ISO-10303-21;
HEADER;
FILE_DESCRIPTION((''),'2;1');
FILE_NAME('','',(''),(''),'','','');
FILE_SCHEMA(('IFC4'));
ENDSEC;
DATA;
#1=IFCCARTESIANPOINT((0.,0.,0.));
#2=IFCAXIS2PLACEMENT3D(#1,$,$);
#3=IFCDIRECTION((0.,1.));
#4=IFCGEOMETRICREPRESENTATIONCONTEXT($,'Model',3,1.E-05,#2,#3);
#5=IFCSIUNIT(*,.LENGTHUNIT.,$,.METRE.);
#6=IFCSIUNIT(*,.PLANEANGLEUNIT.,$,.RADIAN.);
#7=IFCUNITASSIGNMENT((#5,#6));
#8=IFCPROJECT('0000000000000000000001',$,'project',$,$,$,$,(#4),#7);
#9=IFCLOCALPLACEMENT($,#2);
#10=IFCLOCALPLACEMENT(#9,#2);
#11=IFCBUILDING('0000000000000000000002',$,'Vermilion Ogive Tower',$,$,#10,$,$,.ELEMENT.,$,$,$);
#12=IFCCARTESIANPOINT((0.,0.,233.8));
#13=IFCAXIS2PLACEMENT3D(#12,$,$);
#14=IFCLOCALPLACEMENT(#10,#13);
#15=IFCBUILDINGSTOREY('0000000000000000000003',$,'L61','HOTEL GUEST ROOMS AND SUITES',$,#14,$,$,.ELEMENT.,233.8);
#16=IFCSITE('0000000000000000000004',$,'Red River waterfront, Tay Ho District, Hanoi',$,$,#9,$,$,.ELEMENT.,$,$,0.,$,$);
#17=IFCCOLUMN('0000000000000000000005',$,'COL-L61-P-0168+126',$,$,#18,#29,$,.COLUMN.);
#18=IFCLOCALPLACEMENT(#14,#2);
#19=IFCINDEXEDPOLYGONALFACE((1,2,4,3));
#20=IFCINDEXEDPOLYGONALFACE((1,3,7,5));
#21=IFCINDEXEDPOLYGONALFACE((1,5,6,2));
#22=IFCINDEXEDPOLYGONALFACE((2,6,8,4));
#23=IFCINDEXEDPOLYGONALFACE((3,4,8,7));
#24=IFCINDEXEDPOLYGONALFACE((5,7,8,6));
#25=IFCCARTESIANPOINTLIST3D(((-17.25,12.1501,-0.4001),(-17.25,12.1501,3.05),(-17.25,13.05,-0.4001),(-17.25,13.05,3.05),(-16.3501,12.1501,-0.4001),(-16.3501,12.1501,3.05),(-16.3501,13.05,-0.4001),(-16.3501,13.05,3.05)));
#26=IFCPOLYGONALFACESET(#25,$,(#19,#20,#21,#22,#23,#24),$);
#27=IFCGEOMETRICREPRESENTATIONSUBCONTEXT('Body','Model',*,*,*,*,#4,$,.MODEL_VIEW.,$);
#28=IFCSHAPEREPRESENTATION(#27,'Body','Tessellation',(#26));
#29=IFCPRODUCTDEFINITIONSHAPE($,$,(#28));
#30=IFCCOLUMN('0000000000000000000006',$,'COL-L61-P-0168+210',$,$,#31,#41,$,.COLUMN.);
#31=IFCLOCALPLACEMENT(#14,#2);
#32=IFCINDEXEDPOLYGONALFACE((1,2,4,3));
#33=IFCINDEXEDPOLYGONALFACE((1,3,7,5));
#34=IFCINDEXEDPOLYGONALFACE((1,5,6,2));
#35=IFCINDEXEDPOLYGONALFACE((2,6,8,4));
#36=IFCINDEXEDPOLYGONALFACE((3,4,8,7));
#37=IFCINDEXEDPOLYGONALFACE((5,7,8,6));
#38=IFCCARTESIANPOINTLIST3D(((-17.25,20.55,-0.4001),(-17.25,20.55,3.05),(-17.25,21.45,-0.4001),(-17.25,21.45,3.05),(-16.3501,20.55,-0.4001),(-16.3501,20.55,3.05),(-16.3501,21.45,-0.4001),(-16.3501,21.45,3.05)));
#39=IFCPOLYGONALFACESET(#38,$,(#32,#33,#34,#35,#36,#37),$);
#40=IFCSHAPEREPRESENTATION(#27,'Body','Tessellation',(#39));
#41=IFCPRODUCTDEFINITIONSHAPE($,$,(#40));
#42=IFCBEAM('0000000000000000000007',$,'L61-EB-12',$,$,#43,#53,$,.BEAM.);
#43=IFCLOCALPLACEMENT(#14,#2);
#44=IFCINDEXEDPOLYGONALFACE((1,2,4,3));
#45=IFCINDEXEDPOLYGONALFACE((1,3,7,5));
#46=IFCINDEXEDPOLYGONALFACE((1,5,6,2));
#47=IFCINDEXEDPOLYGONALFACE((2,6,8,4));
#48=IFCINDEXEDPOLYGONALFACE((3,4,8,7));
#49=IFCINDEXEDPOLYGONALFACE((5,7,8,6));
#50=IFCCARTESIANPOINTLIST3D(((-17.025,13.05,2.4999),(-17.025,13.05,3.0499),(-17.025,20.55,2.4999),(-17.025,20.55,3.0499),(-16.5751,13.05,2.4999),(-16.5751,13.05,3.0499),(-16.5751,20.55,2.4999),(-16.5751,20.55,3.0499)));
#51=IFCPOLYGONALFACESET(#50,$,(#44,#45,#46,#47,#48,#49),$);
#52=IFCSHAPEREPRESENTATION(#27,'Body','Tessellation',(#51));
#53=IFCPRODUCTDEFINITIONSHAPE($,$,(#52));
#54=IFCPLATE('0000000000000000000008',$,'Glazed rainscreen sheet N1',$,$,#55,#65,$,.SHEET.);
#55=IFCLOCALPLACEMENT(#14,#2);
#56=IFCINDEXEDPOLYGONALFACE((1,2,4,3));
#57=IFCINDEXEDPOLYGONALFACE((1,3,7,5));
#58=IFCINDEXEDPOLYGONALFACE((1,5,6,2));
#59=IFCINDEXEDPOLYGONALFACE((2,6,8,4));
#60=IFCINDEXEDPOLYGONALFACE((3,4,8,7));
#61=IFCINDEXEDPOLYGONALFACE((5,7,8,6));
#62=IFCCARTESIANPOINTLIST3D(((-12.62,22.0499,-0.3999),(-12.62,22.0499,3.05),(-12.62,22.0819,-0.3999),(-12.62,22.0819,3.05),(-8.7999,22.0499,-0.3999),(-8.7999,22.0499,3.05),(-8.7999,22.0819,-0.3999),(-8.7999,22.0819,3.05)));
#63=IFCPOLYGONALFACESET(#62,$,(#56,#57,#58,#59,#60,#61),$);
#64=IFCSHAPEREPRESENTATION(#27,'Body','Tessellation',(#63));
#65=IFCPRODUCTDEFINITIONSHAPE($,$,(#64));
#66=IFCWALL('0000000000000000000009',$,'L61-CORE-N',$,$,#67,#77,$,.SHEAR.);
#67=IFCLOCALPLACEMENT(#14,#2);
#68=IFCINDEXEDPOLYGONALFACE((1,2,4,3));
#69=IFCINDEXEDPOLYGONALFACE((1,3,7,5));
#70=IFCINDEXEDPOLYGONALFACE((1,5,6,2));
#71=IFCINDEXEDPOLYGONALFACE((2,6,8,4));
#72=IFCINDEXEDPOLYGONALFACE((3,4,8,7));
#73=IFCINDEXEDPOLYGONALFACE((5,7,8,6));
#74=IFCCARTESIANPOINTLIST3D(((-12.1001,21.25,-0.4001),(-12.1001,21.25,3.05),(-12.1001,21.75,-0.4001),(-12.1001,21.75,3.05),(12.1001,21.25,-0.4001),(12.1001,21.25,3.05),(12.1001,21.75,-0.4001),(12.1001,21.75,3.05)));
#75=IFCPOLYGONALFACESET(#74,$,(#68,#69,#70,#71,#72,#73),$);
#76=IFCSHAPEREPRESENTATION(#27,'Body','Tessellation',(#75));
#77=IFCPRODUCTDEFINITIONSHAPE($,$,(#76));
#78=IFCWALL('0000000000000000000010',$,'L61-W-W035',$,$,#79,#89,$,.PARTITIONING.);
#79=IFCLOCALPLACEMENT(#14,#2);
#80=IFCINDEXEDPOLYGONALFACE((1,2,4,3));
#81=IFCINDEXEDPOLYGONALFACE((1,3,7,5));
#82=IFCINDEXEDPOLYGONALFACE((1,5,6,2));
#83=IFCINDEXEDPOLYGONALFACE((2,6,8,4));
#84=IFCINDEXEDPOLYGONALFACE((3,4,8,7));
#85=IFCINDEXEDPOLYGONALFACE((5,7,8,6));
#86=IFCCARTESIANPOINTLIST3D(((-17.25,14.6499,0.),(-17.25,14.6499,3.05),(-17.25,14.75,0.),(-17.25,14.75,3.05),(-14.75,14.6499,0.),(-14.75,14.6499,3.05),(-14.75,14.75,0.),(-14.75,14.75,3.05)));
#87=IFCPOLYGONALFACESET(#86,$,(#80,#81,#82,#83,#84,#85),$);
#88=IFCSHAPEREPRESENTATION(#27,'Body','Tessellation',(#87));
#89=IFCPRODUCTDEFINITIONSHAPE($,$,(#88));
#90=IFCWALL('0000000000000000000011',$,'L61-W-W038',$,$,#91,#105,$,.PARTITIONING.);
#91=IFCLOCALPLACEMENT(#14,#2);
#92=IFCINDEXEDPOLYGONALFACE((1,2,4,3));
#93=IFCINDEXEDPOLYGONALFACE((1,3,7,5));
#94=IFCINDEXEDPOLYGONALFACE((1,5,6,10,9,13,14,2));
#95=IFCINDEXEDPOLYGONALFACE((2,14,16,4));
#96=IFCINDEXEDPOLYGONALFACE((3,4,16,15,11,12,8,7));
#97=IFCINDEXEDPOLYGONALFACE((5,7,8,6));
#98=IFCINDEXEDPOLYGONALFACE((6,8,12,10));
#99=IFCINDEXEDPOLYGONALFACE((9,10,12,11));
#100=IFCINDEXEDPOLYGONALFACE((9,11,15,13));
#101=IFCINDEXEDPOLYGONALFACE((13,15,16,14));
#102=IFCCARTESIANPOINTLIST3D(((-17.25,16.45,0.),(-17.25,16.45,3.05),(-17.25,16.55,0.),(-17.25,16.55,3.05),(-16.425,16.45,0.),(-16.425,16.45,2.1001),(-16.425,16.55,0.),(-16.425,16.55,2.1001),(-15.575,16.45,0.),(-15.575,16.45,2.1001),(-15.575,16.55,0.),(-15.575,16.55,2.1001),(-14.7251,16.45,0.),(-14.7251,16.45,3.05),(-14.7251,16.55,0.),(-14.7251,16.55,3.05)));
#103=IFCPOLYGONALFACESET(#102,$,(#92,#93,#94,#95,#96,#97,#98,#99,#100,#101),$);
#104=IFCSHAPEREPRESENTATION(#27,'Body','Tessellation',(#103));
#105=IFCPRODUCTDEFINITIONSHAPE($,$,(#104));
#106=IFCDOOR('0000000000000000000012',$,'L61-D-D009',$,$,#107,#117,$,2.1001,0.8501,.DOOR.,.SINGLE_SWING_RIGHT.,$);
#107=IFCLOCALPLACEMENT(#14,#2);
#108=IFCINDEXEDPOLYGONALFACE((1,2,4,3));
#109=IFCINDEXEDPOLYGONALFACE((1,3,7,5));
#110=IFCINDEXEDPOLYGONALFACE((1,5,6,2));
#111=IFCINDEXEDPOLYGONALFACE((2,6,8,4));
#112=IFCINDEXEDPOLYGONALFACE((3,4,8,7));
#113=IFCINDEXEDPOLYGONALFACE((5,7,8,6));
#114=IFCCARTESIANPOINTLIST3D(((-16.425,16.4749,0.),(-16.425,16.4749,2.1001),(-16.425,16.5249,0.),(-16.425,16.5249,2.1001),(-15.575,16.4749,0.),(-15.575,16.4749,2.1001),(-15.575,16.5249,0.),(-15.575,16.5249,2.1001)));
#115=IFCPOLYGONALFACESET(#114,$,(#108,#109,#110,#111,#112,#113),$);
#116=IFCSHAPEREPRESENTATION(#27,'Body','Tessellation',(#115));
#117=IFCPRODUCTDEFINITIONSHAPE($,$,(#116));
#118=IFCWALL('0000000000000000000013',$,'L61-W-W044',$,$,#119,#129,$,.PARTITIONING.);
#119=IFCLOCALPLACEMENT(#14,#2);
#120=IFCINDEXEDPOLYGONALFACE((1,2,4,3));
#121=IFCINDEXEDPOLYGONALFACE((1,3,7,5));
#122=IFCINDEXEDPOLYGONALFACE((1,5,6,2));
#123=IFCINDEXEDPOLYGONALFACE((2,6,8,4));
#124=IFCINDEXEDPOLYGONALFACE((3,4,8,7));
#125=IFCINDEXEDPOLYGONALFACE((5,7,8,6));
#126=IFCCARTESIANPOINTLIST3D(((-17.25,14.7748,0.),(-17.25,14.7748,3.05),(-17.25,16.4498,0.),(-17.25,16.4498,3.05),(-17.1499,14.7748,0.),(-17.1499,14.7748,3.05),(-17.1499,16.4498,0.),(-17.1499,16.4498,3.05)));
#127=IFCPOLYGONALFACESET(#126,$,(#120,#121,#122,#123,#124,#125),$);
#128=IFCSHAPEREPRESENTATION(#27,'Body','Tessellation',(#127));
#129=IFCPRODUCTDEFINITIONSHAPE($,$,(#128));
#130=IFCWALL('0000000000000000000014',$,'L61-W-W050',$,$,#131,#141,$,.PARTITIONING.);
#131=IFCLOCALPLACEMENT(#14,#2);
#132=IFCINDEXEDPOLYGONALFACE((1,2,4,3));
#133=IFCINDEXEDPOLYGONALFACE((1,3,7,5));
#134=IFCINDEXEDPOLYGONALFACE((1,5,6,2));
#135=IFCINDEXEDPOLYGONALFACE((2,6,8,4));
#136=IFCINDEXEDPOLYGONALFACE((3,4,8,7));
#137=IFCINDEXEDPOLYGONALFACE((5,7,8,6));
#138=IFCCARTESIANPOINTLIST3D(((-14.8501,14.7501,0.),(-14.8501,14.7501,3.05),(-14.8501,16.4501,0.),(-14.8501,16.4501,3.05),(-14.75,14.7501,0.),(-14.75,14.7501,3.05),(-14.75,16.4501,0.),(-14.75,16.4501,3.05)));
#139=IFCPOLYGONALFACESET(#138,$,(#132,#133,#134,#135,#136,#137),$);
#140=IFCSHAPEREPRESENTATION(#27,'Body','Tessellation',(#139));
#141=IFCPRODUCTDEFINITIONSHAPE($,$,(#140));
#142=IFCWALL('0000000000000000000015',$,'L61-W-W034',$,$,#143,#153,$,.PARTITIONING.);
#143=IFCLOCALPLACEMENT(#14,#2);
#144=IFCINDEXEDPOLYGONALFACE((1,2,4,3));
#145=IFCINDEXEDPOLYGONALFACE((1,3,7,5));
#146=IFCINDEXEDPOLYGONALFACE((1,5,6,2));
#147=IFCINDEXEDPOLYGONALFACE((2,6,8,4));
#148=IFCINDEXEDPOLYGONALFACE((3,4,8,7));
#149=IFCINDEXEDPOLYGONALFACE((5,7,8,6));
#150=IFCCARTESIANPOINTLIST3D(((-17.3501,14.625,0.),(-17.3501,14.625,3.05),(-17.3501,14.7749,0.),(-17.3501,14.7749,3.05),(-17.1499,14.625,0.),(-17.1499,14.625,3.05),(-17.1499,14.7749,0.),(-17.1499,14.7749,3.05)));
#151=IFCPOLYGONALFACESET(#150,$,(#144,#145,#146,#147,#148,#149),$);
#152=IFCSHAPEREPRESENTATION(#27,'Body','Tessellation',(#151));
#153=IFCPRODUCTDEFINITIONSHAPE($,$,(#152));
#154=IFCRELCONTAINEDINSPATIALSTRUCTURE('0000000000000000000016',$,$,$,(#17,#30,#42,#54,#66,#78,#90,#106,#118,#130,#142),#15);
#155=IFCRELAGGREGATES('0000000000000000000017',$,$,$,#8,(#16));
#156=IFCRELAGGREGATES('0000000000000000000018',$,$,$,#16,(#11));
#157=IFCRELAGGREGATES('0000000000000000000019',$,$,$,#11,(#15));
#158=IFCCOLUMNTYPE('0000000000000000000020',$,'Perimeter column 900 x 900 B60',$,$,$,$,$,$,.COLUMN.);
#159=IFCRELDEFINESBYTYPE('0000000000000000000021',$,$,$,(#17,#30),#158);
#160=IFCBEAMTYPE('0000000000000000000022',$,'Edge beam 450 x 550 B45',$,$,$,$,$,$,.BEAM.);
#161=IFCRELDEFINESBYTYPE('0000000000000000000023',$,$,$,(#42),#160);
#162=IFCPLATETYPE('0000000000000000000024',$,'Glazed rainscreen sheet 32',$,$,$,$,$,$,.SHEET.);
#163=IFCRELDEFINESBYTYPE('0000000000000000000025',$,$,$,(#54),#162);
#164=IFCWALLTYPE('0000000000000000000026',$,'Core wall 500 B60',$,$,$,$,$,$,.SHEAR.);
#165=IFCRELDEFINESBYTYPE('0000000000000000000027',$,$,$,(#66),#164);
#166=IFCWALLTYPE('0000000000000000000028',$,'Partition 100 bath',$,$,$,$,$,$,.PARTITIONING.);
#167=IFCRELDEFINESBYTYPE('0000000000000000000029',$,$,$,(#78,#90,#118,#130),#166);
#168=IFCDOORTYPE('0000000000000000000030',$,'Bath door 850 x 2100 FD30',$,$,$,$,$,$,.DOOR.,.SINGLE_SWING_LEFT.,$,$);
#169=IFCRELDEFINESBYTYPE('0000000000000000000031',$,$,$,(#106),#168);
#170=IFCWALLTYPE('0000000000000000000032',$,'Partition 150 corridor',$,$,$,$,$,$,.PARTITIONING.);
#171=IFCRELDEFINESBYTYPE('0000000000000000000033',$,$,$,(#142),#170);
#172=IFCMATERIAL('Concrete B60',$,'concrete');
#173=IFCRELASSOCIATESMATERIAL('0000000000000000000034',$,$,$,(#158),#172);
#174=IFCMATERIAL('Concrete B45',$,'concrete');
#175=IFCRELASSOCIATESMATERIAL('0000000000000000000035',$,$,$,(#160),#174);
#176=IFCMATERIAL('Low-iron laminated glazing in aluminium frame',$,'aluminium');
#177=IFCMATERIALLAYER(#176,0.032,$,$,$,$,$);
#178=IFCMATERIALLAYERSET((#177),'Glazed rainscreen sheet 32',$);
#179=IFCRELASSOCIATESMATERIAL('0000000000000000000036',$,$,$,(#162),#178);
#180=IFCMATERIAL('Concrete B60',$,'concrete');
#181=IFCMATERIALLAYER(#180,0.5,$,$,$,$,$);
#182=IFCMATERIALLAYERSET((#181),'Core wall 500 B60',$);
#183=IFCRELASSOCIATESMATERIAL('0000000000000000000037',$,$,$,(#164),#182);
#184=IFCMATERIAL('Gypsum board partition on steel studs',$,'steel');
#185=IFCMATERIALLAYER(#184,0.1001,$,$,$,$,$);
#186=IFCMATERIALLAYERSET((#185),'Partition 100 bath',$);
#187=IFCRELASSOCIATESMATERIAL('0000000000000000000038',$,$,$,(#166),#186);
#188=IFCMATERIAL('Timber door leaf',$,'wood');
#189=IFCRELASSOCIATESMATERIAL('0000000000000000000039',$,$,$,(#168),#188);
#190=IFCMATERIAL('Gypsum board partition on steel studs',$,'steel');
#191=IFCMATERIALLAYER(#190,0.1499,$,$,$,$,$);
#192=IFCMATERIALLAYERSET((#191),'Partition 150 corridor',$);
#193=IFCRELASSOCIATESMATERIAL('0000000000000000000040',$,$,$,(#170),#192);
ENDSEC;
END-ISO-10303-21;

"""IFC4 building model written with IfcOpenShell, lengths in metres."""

from ifc_helpers import new_model, si_unit, direction, frame, frame_2d, origin, origin_2d, place, context, subcontext, project, spatial, rectangle, extrude, material, layer, layer_set, material_profile, profile_set, type_object, element, fill, save


model = new_model("IFC4")

# Units and contexts
model_context = context("Model", 3, precision=1e-05, world=origin(), true_north=direction((0.0, 1.0)))
body_context = subcontext(model_context, "Body", "Model", "MODEL_VIEW")
ifc_project = project(units=[si_unit("LENGTHUNIT", "METRE"), si_unit("PLANEANGLEUNIT", "RADIAN")], contexts=[model_context])

# Site, building, storey
site_placement = place(None, origin())
site = spatial("IfcSite", under=ifc_project, at=site_placement, Name="Red River waterfront, Tay Ho District, Hanoi", CompositionType="ELEMENT", RefElevation=0.0)
building_placement = place(site_placement, origin())
building = spatial("IfcBuilding", under=site, at=building_placement, Name="Vermilion Ogive Tower", CompositionType="ELEMENT")
storey_placement = place(building_placement, frame((0.0, 0.0, 233.8)))
storey = spatial("IfcBuildingStorey", under=building, at=storey_placement, Name="L61", Description="HOTEL GUEST ROOMS AND SUITES", CompositionType="ELEMENT", Elevation=233.8)

# Columns
ifc_material_1 = material(Name="Concrete B60", Category="concrete")
ifc_material_profile_1 = material_profile(ifc_material_1, rectangle(XDim=0.8999, YDim=0.8999, at=origin_2d()), Name="900 x 900")
ifc_profile_set_1 = profile_set([ifc_material_profile_1], Name="Concrete B60")
column_type = type_object("IfcColumnType", Name="Perimeter column 900 x 900 B60", PredefinedType="COLUMN", material=ifc_profile_set_1)
for number, where, z_axis, x_axis, name in (
    (1, (-16.8, 12.6001, -0.4001), (0.0, 0.0, 1.0), (1.0, 0.0, 0.0), "COL-L61-P-0168+126"),
    (2, (-16.8, 21.0, -0.4001), (0.0, 0.0, 1.0), (1.0, 0.0, 0.0), "COL-L61-P-0168+210"),
):
    element("IfcColumn", number, at=place(storey_placement, frame(where, z_axis=z_axis, x_axis=x_axis)), inside=storey, type_object=column_type, Name=name, PredefinedType="COLUMN", context=body_context, shape_type="SweptSolid", body=[
        extrude(rectangle(XDim=0.8999, YDim=0.8999, at=origin_2d()), origin(), (0.0, 0.0, 1.0), 3.4502),
    ])

# Beam
ifc_material_2 = material(Name="Concrete B45", Category="concrete")
ifc_material_profile_2 = material_profile(ifc_material_2, rectangle(XDim=0.45, YDim=0.55, at=origin_2d()), Name="450 x 550")
ifc_profile_set_2 = profile_set([ifc_material_profile_2], Name="Concrete B45")
beam_type = type_object("IfcBeamType", Name="Edge beam 450 x 550 B45", PredefinedType="BEAM", material=ifc_profile_set_2)
beam_placement = place(storey_placement, frame((-16.8, 20.55, 2.7749), z_axis=(0.0, -1.0, 0.0), x_axis=(1.0, 0.0, 0.0)))
element("IfcBeam", 3, at=beam_placement, inside=storey, type_object=beam_type, Name="L61-EB-12", PredefinedType="BEAM", context=body_context, shape_type="SweptSolid", body=[
    extrude(rectangle(XDim=0.45, YDim=0.55, at=origin_2d()), origin(), (0.0, 0.0, 1.0), 7.5),
])

# Plate
ifc_material_3 = material(Name="Low-iron laminated glazing in aluminium frame", Category="aluminium")
ifc_layer_1 = layer(ifc_material_3, 0.032)
ifc_layer_set_1 = layer_set([ifc_layer_1], Name="Glazed rainscreen sheet 32")
plate_type = type_object("IfcPlateType", Name="Glazed rainscreen sheet 32", PredefinedType="SHEET", material=ifc_layer_set_1)
plate_placement = place(storey_placement, frame((-10.71, 22.0659, -0.3999), z_axis=(0.0, 0.0, 1.0), x_axis=(1.0, 0.0, 0.0)))
element("IfcPlate", 4, at=plate_placement, inside=storey, type_object=plate_type, Name="Glazed rainscreen sheet N1", PredefinedType="SHEET", context=body_context, shape_type="SweptSolid", body=[
    extrude(rectangle(XDim=3.8201, YDim=0.032, at=origin_2d()), origin(), (0.0, 0.0, 1.0), 3.45),
])

# Walls
ifc_material_4 = material(Name="Concrete B60", Category="concrete")
ifc_layer_2 = layer(ifc_material_4, 0.5)
ifc_layer_set_2 = layer_set([ifc_layer_2], Name="Core wall 500 B60")
wall_type_1 = type_object("IfcWallType", Name="Core wall 500 B60", PredefinedType="SHEAR", material=ifc_layer_set_2)
wall_1_placement = place(storey_placement, frame((-12.1001, 21.5, -0.4001), z_axis=(0.0, 0.0, 1.0), x_axis=(1.0, 0.0, 0.0)))
element("IfcWall", 5, at=wall_1_placement, inside=storey, type_object=wall_type_1, Name="L61-CORE-N", PredefinedType="SHEAR", context=body_context, shape_type="SweptSolid", body=[
    extrude(rectangle(XDim=24.2002, YDim=0.5, at=frame_2d((12.1001, 0.0))), origin(), (0.0, 0.0, 1.0), 3.4502),
])
ifc_material_5 = material(Name="Gypsum board partition on steel studs", Category="steel")
ifc_layer_3 = layer(ifc_material_5, 0.1001)
ifc_layer_set_3 = layer_set([ifc_layer_3], Name="Partition 100 bath")
wall_type_2 = type_object("IfcWallType", Name="Partition 100 bath", PredefinedType="PARTITIONING", material=ifc_layer_set_3)
wall_2_placement = place(storey_placement, frame((-17.25, 14.7, 0.0), z_axis=(0.0, 0.0, 1.0), x_axis=(1.0, 0.0, 0.0)))
element("IfcWall", 6, at=wall_2_placement, inside=storey, type_object=wall_type_2, Name="L61-W-W035", PredefinedType="PARTITIONING", context=body_context, shape_type="SweptSolid", body=[
    extrude(rectangle(XDim=2.5, YDim=0.1001, at=frame_2d((1.25, 0.0))), origin(), (0.0, 0.0, 1.0), 3.05),
])

# Wall, opening, door
wall_3_placement = place(storey_placement, frame((-17.25, 16.5, 0.0), z_axis=(0.0, 0.0, 1.0), x_axis=(1.0, 0.0, 0.0)))
wall_3 = element("IfcWall", 7, at=wall_3_placement, inside=storey, type_object=wall_type_2, Name="L61-W-W038", PredefinedType="PARTITIONING", context=body_context, shape_type="SweptSolid", body=[
    extrude(rectangle(XDim=2.5249, YDim=0.1001, at=frame_2d((1.2625, 0.0))), origin(), (0.0, 0.0, 1.0), 3.05),
])
opening_1_placement = place(wall_3_placement, frame((0.825, 0.0, 0.0)))
opening_1 = element("IfcOpeningElement", 8, at=opening_1_placement, cuts=wall_3, PredefinedType="OPENING", context=body_context, shape_type="SweptSolid", body=[
    extrude(rectangle(XDim=0.8501, YDim=2.1001, at=frame_2d((0.425, 1.05))), frame((0.0, 0.0601, 0.0), z_axis=(0.0, -1.0, 0.0), x_axis=(1.0, 0.0, 0.0)), (0.0, 0.0, 1.0), 0.1201),
])
ifc_material_6 = material(Name="Timber door leaf", Category="wood")
door_type_1 = type_object("IfcDoorType", Name="Bath door 850 x 2100 FD30", OperationType="SINGLE_SWING_LEFT", PredefinedType="DOOR", material=ifc_material_6)
door_1_placement = place(opening_1_placement, origin())
door_1 = element("IfcDoor", 9, at=door_1_placement, inside=storey, type_object=door_type_1, Name="L61-D-D009", OperationType="SINGLE_SWING_RIGHT", OverallHeight=2.1001, OverallWidth=0.8501, PredefinedType="DOOR", context=body_context, shape_type="SweptSolid", body=[
    extrude(rectangle(XDim=0.8501, YDim=2.1001, at=frame_2d((0.425, 1.05))), frame((0.0, 0.0249, 0.0), z_axis=(0.0, -1.0, 0.0), x_axis=(1.0, 0.0, 0.0)), (0.0, 0.0, 1.0), 0.05),
])
fill(opening_1, door_1)

# Walls
wall_4_placement = place(storey_placement, frame((-17.2, 14.7749, 0.0), z_axis=(0.0, 0.0, 1.0), x_axis=(0.0, 1.0, 0.0)))
element("IfcWall", 10, at=wall_4_placement, inside=storey, type_object=wall_type_2, Name="L61-W-W044", PredefinedType="PARTITIONING", context=body_context, shape_type="SweptSolid", body=[
    extrude(rectangle(XDim=1.675, YDim=0.1001, at=frame_2d((0.8374, 0.0))), origin(), (0.0, 0.0, 1.0), 3.05),
])
wall_5_placement = place(storey_placement, frame((-14.8, 14.75, 0.0), z_axis=(0.0, 0.0, 1.0), x_axis=(0.0, 1.0, 0.0)))
element("IfcWall", 11, at=wall_5_placement, inside=storey, type_object=wall_type_2, Name="L61-W-W050", PredefinedType="PARTITIONING", context=body_context, shape_type="SweptSolid", body=[
    extrude(rectangle(XDim=1.7, YDim=0.1001, at=frame_2d((0.8501, 0.0))), origin(), (0.0, 0.0, 1.0), 3.05),
])
ifc_material_7 = material(Name="Gypsum board partition on steel studs", Category="steel")
ifc_layer_4 = layer(ifc_material_7, 0.1499)
ifc_layer_set_4 = layer_set([ifc_layer_4], Name="Partition 150 corridor")
wall_type_3 = type_object("IfcWallType", Name="Partition 150 corridor", PredefinedType="PARTITIONING", material=ifc_layer_set_4)
wall_6_placement = place(storey_placement, frame((-17.3501, 14.7, 0.0), z_axis=(0.0, 0.0, 1.0), x_axis=(1.0, 0.0, 0.0)))
element("IfcWall", 12, at=wall_6_placement, inside=storey, type_object=wall_type_3, Name="L61-W-W034", PredefinedType="PARTITIONING", context=body_context, shape_type="SweptSolid", body=[
    extrude(rectangle(XDim=0.2002, YDim=0.1499, at=frame_2d((0.1001, 0.0))), origin(), (0.0, 0.0, 1.0), 3.05),
])

save(model, "model.ifc")
